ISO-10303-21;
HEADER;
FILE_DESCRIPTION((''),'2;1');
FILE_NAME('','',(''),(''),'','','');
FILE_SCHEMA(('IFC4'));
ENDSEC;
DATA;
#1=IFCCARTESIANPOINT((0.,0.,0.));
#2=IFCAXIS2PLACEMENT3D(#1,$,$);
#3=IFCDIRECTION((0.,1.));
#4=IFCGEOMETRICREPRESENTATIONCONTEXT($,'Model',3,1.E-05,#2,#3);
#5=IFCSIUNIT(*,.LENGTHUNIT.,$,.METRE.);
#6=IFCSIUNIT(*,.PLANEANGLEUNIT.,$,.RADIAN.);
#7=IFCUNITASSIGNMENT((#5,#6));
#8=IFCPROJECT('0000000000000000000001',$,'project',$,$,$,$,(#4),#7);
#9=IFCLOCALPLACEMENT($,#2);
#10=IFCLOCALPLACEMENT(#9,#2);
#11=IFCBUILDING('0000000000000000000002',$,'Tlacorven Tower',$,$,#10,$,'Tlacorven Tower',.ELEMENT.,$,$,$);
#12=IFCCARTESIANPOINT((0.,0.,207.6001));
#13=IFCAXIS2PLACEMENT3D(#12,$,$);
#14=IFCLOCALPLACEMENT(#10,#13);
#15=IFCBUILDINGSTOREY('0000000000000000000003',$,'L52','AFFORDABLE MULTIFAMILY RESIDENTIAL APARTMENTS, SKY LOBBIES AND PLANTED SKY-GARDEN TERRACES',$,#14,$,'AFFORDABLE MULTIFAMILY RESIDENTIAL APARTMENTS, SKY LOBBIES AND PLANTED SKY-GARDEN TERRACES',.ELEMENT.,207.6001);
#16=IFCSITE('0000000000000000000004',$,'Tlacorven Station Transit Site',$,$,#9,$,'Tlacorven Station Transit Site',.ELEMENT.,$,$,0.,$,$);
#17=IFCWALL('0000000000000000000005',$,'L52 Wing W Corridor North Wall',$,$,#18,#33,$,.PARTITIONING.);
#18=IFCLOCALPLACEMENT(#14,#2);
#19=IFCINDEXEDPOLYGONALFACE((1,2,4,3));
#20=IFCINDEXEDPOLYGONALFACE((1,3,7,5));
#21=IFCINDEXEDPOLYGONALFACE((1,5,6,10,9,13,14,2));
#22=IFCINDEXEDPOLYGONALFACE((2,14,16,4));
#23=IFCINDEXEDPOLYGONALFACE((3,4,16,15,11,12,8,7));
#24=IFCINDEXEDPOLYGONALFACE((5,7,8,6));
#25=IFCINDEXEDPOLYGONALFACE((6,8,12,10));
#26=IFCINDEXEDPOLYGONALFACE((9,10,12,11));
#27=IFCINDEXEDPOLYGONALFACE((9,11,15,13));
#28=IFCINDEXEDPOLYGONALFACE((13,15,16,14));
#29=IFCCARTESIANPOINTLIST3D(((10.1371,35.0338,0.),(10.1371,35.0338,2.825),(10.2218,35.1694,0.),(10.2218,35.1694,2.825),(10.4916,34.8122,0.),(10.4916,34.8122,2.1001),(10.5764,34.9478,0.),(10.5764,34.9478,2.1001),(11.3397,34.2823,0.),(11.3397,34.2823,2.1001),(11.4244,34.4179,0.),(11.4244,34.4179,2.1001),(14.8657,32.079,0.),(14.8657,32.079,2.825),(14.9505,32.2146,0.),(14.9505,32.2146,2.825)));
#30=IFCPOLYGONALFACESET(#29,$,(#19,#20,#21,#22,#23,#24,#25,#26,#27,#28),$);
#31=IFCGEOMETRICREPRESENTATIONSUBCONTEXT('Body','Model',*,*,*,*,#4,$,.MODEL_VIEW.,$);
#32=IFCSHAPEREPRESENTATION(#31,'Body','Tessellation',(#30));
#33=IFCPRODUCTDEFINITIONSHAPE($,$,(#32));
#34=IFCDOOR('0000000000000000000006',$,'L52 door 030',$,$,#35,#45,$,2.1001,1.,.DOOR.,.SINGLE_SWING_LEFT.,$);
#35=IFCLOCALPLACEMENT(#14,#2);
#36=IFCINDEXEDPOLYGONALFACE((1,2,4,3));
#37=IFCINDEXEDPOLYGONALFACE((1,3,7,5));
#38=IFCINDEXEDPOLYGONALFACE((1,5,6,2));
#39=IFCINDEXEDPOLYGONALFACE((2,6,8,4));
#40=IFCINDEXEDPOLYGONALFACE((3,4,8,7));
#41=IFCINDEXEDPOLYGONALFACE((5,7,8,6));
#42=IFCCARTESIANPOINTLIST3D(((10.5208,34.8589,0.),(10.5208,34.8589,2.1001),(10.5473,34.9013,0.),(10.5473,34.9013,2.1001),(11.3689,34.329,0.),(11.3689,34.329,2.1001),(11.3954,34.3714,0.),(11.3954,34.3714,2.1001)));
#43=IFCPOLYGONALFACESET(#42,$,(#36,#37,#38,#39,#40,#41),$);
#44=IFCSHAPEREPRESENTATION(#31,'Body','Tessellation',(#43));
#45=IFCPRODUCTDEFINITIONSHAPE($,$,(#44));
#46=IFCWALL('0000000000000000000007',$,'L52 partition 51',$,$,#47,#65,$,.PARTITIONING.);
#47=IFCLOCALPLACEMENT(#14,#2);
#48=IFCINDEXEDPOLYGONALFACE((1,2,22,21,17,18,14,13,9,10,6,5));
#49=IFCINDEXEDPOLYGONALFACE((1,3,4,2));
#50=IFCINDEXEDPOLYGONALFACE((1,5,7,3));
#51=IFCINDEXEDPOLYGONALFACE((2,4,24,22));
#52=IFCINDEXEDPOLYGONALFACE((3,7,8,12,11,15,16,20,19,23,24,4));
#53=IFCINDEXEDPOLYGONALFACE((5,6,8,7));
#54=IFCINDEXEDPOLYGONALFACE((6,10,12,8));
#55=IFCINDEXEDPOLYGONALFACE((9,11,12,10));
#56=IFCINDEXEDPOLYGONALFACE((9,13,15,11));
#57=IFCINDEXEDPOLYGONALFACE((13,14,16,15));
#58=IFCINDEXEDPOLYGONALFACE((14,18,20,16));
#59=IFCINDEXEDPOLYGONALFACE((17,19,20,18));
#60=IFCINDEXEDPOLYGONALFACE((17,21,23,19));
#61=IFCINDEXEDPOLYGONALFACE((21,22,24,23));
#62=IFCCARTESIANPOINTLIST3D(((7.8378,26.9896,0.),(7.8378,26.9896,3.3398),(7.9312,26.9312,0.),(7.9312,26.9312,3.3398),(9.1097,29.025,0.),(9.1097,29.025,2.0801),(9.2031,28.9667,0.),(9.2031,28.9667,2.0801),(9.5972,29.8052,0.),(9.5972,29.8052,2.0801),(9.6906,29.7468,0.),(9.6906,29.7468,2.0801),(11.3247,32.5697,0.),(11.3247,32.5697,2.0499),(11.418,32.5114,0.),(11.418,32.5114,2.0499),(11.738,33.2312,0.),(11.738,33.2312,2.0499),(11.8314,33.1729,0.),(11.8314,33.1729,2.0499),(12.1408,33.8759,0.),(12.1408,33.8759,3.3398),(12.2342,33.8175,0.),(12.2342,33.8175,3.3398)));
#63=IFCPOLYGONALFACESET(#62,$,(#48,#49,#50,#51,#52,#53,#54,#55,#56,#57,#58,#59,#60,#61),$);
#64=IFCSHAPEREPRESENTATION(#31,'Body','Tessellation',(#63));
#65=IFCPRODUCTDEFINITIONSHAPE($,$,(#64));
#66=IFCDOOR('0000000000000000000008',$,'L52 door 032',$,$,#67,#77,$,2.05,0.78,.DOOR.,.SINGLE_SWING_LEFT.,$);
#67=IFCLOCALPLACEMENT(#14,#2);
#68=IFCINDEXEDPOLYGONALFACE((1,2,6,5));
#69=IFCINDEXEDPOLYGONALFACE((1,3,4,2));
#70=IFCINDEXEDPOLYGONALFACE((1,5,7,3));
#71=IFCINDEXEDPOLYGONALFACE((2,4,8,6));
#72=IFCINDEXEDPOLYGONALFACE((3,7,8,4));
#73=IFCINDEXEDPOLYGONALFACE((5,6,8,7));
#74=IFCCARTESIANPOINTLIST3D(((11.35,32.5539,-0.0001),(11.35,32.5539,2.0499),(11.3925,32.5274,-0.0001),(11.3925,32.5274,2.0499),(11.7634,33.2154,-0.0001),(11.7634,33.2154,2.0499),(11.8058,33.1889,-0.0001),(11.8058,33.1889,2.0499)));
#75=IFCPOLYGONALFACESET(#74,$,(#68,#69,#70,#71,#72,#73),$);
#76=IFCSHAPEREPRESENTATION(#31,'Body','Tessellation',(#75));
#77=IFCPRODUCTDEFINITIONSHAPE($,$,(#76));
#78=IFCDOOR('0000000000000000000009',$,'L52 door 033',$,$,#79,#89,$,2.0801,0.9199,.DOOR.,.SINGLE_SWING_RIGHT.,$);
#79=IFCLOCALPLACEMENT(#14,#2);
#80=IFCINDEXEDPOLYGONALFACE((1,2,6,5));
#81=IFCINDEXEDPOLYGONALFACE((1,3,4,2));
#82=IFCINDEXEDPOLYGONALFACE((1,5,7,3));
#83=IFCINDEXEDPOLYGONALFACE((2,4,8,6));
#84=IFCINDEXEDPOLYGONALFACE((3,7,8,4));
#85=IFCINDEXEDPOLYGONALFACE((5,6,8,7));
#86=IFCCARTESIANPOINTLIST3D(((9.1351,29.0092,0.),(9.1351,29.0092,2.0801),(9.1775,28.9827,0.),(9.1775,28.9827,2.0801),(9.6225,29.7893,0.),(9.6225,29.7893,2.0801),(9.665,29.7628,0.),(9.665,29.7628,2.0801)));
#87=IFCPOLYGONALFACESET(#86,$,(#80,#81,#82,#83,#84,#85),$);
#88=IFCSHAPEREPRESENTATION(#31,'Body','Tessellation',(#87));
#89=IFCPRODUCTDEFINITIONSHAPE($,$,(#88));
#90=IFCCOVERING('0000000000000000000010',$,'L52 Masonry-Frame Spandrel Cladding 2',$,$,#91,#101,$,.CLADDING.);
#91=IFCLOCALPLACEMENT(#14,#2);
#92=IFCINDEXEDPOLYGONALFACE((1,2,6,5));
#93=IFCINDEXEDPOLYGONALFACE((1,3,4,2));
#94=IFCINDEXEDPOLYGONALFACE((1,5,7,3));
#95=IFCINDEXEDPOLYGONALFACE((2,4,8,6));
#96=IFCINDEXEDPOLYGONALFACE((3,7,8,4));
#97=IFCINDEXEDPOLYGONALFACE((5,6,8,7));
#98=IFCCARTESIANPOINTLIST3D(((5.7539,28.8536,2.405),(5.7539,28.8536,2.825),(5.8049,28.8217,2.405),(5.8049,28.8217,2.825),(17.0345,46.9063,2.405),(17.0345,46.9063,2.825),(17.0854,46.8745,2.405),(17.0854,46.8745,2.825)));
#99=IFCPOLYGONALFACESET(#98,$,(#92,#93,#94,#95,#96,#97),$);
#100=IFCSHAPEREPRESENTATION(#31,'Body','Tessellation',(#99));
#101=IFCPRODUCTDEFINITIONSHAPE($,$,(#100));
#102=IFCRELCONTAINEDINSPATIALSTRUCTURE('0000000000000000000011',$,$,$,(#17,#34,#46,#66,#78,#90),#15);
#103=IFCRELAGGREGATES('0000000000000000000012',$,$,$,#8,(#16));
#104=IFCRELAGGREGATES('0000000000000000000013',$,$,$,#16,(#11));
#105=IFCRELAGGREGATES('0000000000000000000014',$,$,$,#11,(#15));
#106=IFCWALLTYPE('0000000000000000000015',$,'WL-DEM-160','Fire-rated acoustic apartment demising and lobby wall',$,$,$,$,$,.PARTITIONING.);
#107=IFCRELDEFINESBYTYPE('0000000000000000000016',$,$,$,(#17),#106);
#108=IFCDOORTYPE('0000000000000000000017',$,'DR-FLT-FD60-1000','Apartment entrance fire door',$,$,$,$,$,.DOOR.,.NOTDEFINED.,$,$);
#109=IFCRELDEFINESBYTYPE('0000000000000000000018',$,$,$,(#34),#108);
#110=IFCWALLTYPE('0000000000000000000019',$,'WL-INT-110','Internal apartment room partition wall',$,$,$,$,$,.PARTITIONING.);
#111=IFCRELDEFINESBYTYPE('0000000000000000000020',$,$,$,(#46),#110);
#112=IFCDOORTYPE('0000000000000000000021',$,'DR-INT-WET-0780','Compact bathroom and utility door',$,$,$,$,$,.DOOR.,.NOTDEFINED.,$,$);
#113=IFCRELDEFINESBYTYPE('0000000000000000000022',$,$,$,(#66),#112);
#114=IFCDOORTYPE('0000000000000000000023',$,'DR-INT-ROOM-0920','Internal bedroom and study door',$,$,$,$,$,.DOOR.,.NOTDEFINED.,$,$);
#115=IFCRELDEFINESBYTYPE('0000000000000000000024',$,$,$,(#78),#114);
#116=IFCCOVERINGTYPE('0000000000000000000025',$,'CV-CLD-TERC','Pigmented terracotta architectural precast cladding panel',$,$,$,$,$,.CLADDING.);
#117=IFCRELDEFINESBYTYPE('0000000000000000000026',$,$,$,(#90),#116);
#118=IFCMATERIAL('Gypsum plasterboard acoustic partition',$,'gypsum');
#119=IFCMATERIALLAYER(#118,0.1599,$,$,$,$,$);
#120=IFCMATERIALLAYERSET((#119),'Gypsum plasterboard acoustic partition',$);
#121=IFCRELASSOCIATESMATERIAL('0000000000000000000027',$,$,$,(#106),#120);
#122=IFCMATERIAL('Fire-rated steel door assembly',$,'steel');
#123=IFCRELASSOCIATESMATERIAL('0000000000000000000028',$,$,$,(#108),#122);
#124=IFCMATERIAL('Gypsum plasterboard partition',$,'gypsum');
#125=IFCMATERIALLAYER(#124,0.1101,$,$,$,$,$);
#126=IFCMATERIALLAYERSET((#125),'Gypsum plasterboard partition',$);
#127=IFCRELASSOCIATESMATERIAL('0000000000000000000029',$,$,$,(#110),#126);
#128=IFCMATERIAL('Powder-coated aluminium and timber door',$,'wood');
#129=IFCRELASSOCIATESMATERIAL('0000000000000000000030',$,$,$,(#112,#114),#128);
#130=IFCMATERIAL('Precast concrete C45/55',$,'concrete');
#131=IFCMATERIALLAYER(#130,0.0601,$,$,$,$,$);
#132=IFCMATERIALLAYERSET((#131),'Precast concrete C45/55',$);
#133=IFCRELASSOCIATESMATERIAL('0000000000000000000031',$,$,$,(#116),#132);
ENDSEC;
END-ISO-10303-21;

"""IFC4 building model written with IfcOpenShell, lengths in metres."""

from ifc_helpers import new_model, si_unit, direction, frame, frame_2d, origin, origin_2d, place, context, subcontext, project, spatial, rectangle, extrude, source, transform, mapped, material, layer, layer_set, type_object, element, fill, save


model = new_model("IFC4")

# Units and contexts
model_context = context("Model", 3, precision=1e-05, world=origin(), true_north=direction((0.0, 1.0)))
body_context = subcontext(model_context, "Body", "Model", "MODEL_VIEW")
ifc_project = project(units=[si_unit("LENGTHUNIT", "METRE"), si_unit("PLANEANGLEUNIT", "RADIAN")], contexts=[model_context])

# Site, building, storey
site_placement = place(None, origin())
site = spatial("IfcSite", under=ifc_project, at=site_placement, Name="Tlacorven Station Transit Site", LongName="Tlacorven Station Transit Site", CompositionType="ELEMENT", RefElevation=0.0)
building_placement = place(site_placement, origin())
building = spatial("IfcBuilding", under=site, at=building_placement, Name="Tlacorven Tower", LongName="Tlacorven Tower", CompositionType="ELEMENT")
storey_placement = place(building_placement, frame((0.0, 0.0, 207.6001)))
storey = spatial("IfcBuildingStorey", under=building, at=storey_placement, Name="L52", Description="AFFORDABLE MULTIFAMILY RESIDENTIAL APARTMENTS, SKY LOBBIES AND PLANTED SKY-GARDEN TERRACES", LongName="AFFORDABLE MULTIFAMILY RESIDENTIAL APARTMENTS, SKY LOBBIES AND PLANTED SKY-GARDEN TERRACES", CompositionType="ELEMENT", Elevation=207.6001)

# Wall, opening, door
ifc_material_1 = material(Name="Gypsum plasterboard acoustic partition", Category="gypsum")
ifc_layer_1 = layer(ifc_material_1, 0.1599)
ifc_layer_set_1 = layer_set([ifc_layer_1], Name="Gypsum plasterboard acoustic partition")
wall_type_1 = type_object("IfcWallType", Name="WL-DEM-160", Description="Fire-rated acoustic apartment demising and lobby wall", PredefinedType="PARTITIONING", material=ifc_layer_set_1)
wall_1_placement = place(storey_placement, frame((14.9082, 32.1467, 0.0), z_axis=(0.0, 0.0, 1.0), x_axis=(-0.84805, 0.529916, 0.0)))
wall_1 = element("IfcWall", 1, at=wall_1_placement, inside=storey, type_object=wall_type_1, Name="L52 Wing W Corridor North Wall", PredefinedType="PARTITIONING", context=body_context, shape_type="SweptSolid", body=[
    extrude(rectangle(XDim=5.5759, YDim=0.1599, at=frame_2d((2.7881, 0.0))), origin(), (0.0, 0.0, 1.0), 2.825),
])
opening_1_placement = place(wall_1_placement, frame((4.158, 0.0, 0.0)))
opening_1 = element("IfcOpeningElement", 2, at=opening_1_placement, cuts=wall_1, PredefinedType="OPENING", context=body_context, shape_type="SweptSolid", body=[
    extrude(rectangle(XDim=1.0, YDim=2.1001, at=frame_2d((0.5, 1.05))), frame((0.0, 0.0898, 0.0), z_axis=(0.0, -1.0, 0.0), x_axis=(1.0, 0.0, 0.0)), (0.0, 0.0, 1.0), 0.1799),
])
ifc_material_2 = material(Name="Fire-rated steel door assembly", Category="steel")
door_type_1 = type_object("IfcDoorType", Name="DR-FLT-FD60-1000", Description="Apartment entrance fire door", OperationType="NOTDEFINED", PredefinedType="DOOR", material=ifc_material_2)
shared_shape_1 = source(origin(), body_context, "Body", "SweptSolid", [
    extrude(rectangle(XDim=1.0, YDim=2.1001, at=frame_2d((0.5, 1.05))), frame((0.0, 0.0249, 0.0), z_axis=(0.0, -1.0, 0.0), x_axis=(1.0, 0.0, 0.0)), (0.0, 0.0, 1.0), 0.05),
])
door_1_placement = place(opening_1_placement, origin())
door_1 = element("IfcDoor", 3, at=door_1_placement, inside=storey, type_object=door_type_1, Name="L52 door 030", OperationType="SINGLE_SWING_LEFT", OverallHeight=2.1001, OverallWidth=1.0, PredefinedType="DOOR", context=body_context, shape_type="MappedRepresentation", body=[
    mapped(shared_shape_1, transform((0.0, 0.0, 0.0), scale=1.0)),
])
fill(opening_1, door_1)

# Wall, openings, doors
ifc_material_3 = material(Name="Gypsum plasterboard partition", Category="gypsum")
ifc_layer_2 = layer(ifc_material_3, 0.1101)
ifc_layer_set_2 = layer_set([ifc_layer_2], Name="Gypsum plasterboard partition")
wall_type_2 = type_object("IfcWallType", Name="WL-INT-110", Description="Internal apartment room partition wall", PredefinedType="PARTITIONING", material=ifc_layer_set_2)
wall_2_placement = place(storey_placement, frame((12.1875, 33.8467, 0.0), z_axis=(0.0, 0.0, 1.0), x_axis=(-0.529918, -0.848049, 0.0)))
wall_2 = element("IfcWall", 4, at=wall_2_placement, inside=storey, type_object=wall_type_2, Name="L52 partition 51", PredefinedType="PARTITIONING", context=body_context, shape_type="SweptSolid", body=[
    extrude(rectangle(XDim=8.1201, YDim=0.1101, at=frame_2d((4.0601, 0.0))), origin(), (0.0, 0.0, 1.0), 3.3398),
])
opening_2_placement = place(wall_2_placement, frame((0.76, 0.0, 0.0)))
opening_2 = element("IfcOpeningElement", 5, at=opening_2_placement, cuts=wall_2, PredefinedType="OPENING", context=body_context, shape_type="SweptSolid", body=[
    extrude(rectangle(XDim=0.78, YDim=2.05, at=frame_2d((0.3901, 1.0249))), frame((0.0, 0.0649, 0.0), z_axis=(0.0, -1.0, 0.0), x_axis=(1.0, 0.0, 0.0)), (0.0, 0.0, 1.0), 0.1301),
])
opening_3_placement = place(wall_2_placement, frame((4.8, 0.0, 0.0)))
opening_3 = element("IfcOpeningElement", 6, at=opening_3_placement, cuts=wall_2, PredefinedType="OPENING", context=body_context, shape_type="SweptSolid", body=[
    extrude(rectangle(XDim=0.9199, YDim=2.0801, at=frame_2d((0.46, 1.04))), frame((0.0, 0.0649, 0.0), z_axis=(0.0, -1.0, 0.0), x_axis=(1.0, 0.0, 0.0)), (0.0, 0.0, 1.0), 0.1301),
])
ifc_material_4 = material(Name="Powder-coated aluminium and timber door", Category="wood")
door_type_2 = type_object("IfcDoorType", Name="DR-INT-WET-0780", Description="Compact bathroom and utility door", OperationType="NOTDEFINED", PredefinedType="DOOR", material=ifc_material_4)
shared_shape_2 = source(origin(), body_context, "Body", "SweptSolid", [
    extrude(rectangle(XDim=0.78, YDim=2.05, at=frame_2d((0.3901, 1.0249))), frame((0.0, 0.0249, 0.0), z_axis=(0.0, -1.0, 0.0), x_axis=(1.0, 0.0, 0.0)), (0.0, 0.0, 1.0), 0.05),
])
door_2_placement = place(opening_2_placement, origin())
door_2 = element("IfcDoor", 7, at=door_2_placement, inside=storey, type_object=door_type_2, Name="L52 door 032", OperationType="SINGLE_SWING_LEFT", OverallHeight=2.05, OverallWidth=0.78, PredefinedType="DOOR", context=body_context, shape_type="MappedRepresentation", body=[
    mapped(shared_shape_2, transform((0.0, 0.0, 0.0), scale=1.0)),
])
fill(opening_2, door_2)
door_type_3 = type_object("IfcDoorType", Name="DR-INT-ROOM-0920", Description="Internal bedroom and study door", OperationType="NOTDEFINED", PredefinedType="DOOR", material=ifc_material_4)
shared_shape_3 = source(origin(), body_context, "Body", "SweptSolid", [
    extrude(rectangle(XDim=0.9199, YDim=2.0801, at=frame_2d((0.46, 1.04))), frame((0.0, 0.0249, 0.0), z_axis=(0.0, -1.0, 0.0), x_axis=(1.0, 0.0, 0.0)), (0.0, 0.0, 1.0), 0.05),
])
door_3_placement = place(opening_3_placement, origin())
door_3 = element("IfcDoor", 8, at=door_3_placement, inside=storey, type_object=door_type_3, Name="L52 door 033", OperationType="SINGLE_SWING_RIGHT", OverallHeight=2.0801, OverallWidth=0.9199, PredefinedType="DOOR", context=body_context, shape_type="MappedRepresentation", body=[
    mapped(shared_shape_3, transform((0.0, 0.0, 0.0), scale=1.0)),
])
fill(opening_3, door_3)

# Covering
ifc_material_5 = material(Name="Precast concrete C45/55", Category="concrete")
ifc_layer_3 = layer(ifc_material_5, 0.0601)
ifc_layer_set_3 = layer_set([ifc_layer_3], Name="Precast concrete C45/55")
covering_type = type_object("IfcCoveringType", Name="CV-CLD-TERC", Description="Pigmented terracotta architectural precast cladding panel", PredefinedType="CLADDING", material=ifc_layer_set_3)
shared_shape_4 = source(origin(), body_context, "Body", "SweptSolid", [
    extrude(rectangle(XDim=21.2874, YDim=0.0601, at=origin_2d()), origin(), (0.0, 0.0, 1.0), 0.4199),
])
covering_placement = place(storey_placement, frame((11.4197, 37.864, 2.405), z_axis=(0.0, 0.0, 1.0), x_axis=(0.529919, 0.848048, 0.0)))
element("IfcCovering", 9, at=covering_placement, inside=storey, type_object=covering_type, Name="L52 Masonry-Frame Spandrel Cladding 2", PredefinedType="CLADDING", context=body_context, shape_type="MappedRepresentation", body=[
    mapped(shared_shape_4, transform((0.0, 0.0, 0.0), scale=1.0)),
])

save(model, "model.ifc")
